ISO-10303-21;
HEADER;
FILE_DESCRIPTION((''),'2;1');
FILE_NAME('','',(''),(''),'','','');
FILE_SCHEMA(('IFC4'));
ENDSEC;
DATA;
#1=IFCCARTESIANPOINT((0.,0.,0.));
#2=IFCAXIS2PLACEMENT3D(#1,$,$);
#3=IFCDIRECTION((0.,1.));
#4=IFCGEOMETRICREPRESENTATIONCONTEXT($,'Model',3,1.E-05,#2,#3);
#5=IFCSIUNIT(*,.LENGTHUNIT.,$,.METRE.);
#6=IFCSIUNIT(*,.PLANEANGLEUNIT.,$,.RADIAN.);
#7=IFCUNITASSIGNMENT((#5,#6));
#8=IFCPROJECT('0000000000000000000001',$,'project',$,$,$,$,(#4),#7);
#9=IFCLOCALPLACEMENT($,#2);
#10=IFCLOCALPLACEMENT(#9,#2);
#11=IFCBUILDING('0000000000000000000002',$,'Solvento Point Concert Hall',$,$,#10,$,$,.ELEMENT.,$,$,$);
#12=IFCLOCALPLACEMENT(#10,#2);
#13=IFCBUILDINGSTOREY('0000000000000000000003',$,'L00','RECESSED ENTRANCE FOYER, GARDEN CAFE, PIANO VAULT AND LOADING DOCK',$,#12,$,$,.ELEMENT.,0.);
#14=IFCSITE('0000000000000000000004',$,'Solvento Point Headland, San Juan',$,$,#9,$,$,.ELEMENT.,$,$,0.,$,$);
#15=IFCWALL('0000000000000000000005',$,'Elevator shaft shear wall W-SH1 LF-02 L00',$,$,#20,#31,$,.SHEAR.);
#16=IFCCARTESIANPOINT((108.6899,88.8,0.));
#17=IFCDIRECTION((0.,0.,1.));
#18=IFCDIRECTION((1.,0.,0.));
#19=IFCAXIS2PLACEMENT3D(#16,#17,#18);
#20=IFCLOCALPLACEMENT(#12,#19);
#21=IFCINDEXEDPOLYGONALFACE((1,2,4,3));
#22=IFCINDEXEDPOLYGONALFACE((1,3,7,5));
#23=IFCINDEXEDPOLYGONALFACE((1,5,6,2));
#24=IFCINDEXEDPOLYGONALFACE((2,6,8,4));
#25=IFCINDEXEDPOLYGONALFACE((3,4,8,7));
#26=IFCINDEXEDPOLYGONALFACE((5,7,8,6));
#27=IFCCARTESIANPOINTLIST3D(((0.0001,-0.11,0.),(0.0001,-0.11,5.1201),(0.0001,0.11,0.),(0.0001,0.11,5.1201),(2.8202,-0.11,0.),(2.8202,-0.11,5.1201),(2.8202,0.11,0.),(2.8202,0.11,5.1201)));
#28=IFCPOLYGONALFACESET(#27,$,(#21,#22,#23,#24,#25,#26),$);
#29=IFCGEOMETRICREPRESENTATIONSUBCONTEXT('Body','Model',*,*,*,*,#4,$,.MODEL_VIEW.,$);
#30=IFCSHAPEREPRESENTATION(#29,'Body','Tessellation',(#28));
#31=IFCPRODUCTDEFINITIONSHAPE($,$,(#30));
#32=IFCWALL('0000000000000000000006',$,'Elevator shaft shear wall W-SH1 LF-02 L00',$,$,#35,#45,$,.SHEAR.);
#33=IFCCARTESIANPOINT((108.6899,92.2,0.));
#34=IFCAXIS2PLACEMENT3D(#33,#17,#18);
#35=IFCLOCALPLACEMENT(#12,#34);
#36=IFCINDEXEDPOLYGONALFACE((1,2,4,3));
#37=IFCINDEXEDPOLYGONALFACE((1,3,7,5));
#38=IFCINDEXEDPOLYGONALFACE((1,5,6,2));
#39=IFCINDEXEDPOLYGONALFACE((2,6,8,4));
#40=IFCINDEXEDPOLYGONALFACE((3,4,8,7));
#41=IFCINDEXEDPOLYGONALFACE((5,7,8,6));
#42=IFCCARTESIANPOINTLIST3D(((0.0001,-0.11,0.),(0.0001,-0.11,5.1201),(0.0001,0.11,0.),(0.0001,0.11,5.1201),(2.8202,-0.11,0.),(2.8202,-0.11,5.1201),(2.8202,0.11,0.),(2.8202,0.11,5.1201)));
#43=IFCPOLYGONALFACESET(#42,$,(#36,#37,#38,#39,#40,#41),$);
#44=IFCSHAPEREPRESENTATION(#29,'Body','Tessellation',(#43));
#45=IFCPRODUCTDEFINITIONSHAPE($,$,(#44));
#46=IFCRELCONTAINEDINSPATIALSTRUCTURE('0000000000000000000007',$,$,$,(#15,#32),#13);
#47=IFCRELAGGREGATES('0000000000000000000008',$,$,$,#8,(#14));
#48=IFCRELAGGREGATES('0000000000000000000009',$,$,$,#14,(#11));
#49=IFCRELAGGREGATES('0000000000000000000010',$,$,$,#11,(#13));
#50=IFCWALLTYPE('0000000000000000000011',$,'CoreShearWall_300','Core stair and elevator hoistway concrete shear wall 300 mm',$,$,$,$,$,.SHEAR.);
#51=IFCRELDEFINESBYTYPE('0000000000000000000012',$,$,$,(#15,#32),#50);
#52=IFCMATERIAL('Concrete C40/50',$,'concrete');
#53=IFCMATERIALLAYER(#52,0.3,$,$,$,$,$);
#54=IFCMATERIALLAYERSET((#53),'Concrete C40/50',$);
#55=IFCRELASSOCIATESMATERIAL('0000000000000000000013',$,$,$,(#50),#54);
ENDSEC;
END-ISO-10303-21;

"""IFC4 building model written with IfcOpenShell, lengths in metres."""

from ifc_helpers import new_model, si_unit, direction, frame, frame_2d, origin, place, context, subcontext, project, spatial, rectangle, extrude, material, layer, layer_set, type_object, element, save


model = new_model("IFC4")

# Units and contexts
model_context = context("Model", 3, precision=1e-05, world=origin(), true_north=direction((0.0, 1.0)))
body_context = subcontext(model_context, "Body", "Model", "MODEL_VIEW")
ifc_project = project(units=[si_unit("LENGTHUNIT", "METRE"), si_unit("PLANEANGLEUNIT", "RADIAN")], contexts=[model_context])

# Site, building, storey
site_placement = place(None, origin())
site = spatial("IfcSite", under=ifc_project, at=site_placement, Name="Solvento Point Headland, San Juan", CompositionType="ELEMENT", RefElevation=0.0)
building_placement = place(site_placement, origin())
building = spatial("IfcBuilding", under=site, at=building_placement, Name="Solvento Point Concert Hall", CompositionType="ELEMENT")
storey_placement = place(building_placement, origin())
storey = spatial("IfcBuildingStorey", under=building, at=storey_placement, Name="L00", Description="RECESSED ENTRANCE FOYER, GARDEN CAFE, PIANO VAULT AND LOADING DOCK", CompositionType="ELEMENT", Elevation=0.0)

# Shared definitions
ifc_material_1 = material(Name="Concrete C40/50", Category="concrete")
ifc_layer_1 = layer(ifc_material_1, 0.3)
ifc_layer_set_1 = layer_set([ifc_layer_1], Name="Concrete C40/50")
wall_type_1 = type_object("IfcWallType", Name="CoreShearWall_300", Description="Core stair and elevator hoistway concrete shear wall 300 mm", PredefinedType="SHEAR", material=ifc_layer_set_1)

# Walls
for number, where, z_axis, x_axis, name in (
    (1, (108.6899, 88.8, 0.0), (0.0, 0.0, 1.0), (1.0, 0.0, 0.0), "Elevator shaft shear wall W-SH1 LF-02 L00"),
    (2, (108.6899, 92.2, 0.0), (0.0, 0.0, 1.0), (1.0, 0.0, 0.0), "Elevator shaft shear wall W-SH1 LF-02 L00"),
):
    element("IfcWall", number, at=place(storey_placement, frame(where, z_axis=z_axis, x_axis=x_axis)), inside=storey, type_object=wall_type_1, Name=name, PredefinedType="SHEAR", context=body_context, shape_type="SweptSolid", body=[
        extrude(rectangle(XDim=2.8201, YDim=0.22, at=frame_2d((1.4102, 0.0))), origin(), (0.0, 0.0, 1.0), 5.1201),
    ])

save(model, "model.ifc")
